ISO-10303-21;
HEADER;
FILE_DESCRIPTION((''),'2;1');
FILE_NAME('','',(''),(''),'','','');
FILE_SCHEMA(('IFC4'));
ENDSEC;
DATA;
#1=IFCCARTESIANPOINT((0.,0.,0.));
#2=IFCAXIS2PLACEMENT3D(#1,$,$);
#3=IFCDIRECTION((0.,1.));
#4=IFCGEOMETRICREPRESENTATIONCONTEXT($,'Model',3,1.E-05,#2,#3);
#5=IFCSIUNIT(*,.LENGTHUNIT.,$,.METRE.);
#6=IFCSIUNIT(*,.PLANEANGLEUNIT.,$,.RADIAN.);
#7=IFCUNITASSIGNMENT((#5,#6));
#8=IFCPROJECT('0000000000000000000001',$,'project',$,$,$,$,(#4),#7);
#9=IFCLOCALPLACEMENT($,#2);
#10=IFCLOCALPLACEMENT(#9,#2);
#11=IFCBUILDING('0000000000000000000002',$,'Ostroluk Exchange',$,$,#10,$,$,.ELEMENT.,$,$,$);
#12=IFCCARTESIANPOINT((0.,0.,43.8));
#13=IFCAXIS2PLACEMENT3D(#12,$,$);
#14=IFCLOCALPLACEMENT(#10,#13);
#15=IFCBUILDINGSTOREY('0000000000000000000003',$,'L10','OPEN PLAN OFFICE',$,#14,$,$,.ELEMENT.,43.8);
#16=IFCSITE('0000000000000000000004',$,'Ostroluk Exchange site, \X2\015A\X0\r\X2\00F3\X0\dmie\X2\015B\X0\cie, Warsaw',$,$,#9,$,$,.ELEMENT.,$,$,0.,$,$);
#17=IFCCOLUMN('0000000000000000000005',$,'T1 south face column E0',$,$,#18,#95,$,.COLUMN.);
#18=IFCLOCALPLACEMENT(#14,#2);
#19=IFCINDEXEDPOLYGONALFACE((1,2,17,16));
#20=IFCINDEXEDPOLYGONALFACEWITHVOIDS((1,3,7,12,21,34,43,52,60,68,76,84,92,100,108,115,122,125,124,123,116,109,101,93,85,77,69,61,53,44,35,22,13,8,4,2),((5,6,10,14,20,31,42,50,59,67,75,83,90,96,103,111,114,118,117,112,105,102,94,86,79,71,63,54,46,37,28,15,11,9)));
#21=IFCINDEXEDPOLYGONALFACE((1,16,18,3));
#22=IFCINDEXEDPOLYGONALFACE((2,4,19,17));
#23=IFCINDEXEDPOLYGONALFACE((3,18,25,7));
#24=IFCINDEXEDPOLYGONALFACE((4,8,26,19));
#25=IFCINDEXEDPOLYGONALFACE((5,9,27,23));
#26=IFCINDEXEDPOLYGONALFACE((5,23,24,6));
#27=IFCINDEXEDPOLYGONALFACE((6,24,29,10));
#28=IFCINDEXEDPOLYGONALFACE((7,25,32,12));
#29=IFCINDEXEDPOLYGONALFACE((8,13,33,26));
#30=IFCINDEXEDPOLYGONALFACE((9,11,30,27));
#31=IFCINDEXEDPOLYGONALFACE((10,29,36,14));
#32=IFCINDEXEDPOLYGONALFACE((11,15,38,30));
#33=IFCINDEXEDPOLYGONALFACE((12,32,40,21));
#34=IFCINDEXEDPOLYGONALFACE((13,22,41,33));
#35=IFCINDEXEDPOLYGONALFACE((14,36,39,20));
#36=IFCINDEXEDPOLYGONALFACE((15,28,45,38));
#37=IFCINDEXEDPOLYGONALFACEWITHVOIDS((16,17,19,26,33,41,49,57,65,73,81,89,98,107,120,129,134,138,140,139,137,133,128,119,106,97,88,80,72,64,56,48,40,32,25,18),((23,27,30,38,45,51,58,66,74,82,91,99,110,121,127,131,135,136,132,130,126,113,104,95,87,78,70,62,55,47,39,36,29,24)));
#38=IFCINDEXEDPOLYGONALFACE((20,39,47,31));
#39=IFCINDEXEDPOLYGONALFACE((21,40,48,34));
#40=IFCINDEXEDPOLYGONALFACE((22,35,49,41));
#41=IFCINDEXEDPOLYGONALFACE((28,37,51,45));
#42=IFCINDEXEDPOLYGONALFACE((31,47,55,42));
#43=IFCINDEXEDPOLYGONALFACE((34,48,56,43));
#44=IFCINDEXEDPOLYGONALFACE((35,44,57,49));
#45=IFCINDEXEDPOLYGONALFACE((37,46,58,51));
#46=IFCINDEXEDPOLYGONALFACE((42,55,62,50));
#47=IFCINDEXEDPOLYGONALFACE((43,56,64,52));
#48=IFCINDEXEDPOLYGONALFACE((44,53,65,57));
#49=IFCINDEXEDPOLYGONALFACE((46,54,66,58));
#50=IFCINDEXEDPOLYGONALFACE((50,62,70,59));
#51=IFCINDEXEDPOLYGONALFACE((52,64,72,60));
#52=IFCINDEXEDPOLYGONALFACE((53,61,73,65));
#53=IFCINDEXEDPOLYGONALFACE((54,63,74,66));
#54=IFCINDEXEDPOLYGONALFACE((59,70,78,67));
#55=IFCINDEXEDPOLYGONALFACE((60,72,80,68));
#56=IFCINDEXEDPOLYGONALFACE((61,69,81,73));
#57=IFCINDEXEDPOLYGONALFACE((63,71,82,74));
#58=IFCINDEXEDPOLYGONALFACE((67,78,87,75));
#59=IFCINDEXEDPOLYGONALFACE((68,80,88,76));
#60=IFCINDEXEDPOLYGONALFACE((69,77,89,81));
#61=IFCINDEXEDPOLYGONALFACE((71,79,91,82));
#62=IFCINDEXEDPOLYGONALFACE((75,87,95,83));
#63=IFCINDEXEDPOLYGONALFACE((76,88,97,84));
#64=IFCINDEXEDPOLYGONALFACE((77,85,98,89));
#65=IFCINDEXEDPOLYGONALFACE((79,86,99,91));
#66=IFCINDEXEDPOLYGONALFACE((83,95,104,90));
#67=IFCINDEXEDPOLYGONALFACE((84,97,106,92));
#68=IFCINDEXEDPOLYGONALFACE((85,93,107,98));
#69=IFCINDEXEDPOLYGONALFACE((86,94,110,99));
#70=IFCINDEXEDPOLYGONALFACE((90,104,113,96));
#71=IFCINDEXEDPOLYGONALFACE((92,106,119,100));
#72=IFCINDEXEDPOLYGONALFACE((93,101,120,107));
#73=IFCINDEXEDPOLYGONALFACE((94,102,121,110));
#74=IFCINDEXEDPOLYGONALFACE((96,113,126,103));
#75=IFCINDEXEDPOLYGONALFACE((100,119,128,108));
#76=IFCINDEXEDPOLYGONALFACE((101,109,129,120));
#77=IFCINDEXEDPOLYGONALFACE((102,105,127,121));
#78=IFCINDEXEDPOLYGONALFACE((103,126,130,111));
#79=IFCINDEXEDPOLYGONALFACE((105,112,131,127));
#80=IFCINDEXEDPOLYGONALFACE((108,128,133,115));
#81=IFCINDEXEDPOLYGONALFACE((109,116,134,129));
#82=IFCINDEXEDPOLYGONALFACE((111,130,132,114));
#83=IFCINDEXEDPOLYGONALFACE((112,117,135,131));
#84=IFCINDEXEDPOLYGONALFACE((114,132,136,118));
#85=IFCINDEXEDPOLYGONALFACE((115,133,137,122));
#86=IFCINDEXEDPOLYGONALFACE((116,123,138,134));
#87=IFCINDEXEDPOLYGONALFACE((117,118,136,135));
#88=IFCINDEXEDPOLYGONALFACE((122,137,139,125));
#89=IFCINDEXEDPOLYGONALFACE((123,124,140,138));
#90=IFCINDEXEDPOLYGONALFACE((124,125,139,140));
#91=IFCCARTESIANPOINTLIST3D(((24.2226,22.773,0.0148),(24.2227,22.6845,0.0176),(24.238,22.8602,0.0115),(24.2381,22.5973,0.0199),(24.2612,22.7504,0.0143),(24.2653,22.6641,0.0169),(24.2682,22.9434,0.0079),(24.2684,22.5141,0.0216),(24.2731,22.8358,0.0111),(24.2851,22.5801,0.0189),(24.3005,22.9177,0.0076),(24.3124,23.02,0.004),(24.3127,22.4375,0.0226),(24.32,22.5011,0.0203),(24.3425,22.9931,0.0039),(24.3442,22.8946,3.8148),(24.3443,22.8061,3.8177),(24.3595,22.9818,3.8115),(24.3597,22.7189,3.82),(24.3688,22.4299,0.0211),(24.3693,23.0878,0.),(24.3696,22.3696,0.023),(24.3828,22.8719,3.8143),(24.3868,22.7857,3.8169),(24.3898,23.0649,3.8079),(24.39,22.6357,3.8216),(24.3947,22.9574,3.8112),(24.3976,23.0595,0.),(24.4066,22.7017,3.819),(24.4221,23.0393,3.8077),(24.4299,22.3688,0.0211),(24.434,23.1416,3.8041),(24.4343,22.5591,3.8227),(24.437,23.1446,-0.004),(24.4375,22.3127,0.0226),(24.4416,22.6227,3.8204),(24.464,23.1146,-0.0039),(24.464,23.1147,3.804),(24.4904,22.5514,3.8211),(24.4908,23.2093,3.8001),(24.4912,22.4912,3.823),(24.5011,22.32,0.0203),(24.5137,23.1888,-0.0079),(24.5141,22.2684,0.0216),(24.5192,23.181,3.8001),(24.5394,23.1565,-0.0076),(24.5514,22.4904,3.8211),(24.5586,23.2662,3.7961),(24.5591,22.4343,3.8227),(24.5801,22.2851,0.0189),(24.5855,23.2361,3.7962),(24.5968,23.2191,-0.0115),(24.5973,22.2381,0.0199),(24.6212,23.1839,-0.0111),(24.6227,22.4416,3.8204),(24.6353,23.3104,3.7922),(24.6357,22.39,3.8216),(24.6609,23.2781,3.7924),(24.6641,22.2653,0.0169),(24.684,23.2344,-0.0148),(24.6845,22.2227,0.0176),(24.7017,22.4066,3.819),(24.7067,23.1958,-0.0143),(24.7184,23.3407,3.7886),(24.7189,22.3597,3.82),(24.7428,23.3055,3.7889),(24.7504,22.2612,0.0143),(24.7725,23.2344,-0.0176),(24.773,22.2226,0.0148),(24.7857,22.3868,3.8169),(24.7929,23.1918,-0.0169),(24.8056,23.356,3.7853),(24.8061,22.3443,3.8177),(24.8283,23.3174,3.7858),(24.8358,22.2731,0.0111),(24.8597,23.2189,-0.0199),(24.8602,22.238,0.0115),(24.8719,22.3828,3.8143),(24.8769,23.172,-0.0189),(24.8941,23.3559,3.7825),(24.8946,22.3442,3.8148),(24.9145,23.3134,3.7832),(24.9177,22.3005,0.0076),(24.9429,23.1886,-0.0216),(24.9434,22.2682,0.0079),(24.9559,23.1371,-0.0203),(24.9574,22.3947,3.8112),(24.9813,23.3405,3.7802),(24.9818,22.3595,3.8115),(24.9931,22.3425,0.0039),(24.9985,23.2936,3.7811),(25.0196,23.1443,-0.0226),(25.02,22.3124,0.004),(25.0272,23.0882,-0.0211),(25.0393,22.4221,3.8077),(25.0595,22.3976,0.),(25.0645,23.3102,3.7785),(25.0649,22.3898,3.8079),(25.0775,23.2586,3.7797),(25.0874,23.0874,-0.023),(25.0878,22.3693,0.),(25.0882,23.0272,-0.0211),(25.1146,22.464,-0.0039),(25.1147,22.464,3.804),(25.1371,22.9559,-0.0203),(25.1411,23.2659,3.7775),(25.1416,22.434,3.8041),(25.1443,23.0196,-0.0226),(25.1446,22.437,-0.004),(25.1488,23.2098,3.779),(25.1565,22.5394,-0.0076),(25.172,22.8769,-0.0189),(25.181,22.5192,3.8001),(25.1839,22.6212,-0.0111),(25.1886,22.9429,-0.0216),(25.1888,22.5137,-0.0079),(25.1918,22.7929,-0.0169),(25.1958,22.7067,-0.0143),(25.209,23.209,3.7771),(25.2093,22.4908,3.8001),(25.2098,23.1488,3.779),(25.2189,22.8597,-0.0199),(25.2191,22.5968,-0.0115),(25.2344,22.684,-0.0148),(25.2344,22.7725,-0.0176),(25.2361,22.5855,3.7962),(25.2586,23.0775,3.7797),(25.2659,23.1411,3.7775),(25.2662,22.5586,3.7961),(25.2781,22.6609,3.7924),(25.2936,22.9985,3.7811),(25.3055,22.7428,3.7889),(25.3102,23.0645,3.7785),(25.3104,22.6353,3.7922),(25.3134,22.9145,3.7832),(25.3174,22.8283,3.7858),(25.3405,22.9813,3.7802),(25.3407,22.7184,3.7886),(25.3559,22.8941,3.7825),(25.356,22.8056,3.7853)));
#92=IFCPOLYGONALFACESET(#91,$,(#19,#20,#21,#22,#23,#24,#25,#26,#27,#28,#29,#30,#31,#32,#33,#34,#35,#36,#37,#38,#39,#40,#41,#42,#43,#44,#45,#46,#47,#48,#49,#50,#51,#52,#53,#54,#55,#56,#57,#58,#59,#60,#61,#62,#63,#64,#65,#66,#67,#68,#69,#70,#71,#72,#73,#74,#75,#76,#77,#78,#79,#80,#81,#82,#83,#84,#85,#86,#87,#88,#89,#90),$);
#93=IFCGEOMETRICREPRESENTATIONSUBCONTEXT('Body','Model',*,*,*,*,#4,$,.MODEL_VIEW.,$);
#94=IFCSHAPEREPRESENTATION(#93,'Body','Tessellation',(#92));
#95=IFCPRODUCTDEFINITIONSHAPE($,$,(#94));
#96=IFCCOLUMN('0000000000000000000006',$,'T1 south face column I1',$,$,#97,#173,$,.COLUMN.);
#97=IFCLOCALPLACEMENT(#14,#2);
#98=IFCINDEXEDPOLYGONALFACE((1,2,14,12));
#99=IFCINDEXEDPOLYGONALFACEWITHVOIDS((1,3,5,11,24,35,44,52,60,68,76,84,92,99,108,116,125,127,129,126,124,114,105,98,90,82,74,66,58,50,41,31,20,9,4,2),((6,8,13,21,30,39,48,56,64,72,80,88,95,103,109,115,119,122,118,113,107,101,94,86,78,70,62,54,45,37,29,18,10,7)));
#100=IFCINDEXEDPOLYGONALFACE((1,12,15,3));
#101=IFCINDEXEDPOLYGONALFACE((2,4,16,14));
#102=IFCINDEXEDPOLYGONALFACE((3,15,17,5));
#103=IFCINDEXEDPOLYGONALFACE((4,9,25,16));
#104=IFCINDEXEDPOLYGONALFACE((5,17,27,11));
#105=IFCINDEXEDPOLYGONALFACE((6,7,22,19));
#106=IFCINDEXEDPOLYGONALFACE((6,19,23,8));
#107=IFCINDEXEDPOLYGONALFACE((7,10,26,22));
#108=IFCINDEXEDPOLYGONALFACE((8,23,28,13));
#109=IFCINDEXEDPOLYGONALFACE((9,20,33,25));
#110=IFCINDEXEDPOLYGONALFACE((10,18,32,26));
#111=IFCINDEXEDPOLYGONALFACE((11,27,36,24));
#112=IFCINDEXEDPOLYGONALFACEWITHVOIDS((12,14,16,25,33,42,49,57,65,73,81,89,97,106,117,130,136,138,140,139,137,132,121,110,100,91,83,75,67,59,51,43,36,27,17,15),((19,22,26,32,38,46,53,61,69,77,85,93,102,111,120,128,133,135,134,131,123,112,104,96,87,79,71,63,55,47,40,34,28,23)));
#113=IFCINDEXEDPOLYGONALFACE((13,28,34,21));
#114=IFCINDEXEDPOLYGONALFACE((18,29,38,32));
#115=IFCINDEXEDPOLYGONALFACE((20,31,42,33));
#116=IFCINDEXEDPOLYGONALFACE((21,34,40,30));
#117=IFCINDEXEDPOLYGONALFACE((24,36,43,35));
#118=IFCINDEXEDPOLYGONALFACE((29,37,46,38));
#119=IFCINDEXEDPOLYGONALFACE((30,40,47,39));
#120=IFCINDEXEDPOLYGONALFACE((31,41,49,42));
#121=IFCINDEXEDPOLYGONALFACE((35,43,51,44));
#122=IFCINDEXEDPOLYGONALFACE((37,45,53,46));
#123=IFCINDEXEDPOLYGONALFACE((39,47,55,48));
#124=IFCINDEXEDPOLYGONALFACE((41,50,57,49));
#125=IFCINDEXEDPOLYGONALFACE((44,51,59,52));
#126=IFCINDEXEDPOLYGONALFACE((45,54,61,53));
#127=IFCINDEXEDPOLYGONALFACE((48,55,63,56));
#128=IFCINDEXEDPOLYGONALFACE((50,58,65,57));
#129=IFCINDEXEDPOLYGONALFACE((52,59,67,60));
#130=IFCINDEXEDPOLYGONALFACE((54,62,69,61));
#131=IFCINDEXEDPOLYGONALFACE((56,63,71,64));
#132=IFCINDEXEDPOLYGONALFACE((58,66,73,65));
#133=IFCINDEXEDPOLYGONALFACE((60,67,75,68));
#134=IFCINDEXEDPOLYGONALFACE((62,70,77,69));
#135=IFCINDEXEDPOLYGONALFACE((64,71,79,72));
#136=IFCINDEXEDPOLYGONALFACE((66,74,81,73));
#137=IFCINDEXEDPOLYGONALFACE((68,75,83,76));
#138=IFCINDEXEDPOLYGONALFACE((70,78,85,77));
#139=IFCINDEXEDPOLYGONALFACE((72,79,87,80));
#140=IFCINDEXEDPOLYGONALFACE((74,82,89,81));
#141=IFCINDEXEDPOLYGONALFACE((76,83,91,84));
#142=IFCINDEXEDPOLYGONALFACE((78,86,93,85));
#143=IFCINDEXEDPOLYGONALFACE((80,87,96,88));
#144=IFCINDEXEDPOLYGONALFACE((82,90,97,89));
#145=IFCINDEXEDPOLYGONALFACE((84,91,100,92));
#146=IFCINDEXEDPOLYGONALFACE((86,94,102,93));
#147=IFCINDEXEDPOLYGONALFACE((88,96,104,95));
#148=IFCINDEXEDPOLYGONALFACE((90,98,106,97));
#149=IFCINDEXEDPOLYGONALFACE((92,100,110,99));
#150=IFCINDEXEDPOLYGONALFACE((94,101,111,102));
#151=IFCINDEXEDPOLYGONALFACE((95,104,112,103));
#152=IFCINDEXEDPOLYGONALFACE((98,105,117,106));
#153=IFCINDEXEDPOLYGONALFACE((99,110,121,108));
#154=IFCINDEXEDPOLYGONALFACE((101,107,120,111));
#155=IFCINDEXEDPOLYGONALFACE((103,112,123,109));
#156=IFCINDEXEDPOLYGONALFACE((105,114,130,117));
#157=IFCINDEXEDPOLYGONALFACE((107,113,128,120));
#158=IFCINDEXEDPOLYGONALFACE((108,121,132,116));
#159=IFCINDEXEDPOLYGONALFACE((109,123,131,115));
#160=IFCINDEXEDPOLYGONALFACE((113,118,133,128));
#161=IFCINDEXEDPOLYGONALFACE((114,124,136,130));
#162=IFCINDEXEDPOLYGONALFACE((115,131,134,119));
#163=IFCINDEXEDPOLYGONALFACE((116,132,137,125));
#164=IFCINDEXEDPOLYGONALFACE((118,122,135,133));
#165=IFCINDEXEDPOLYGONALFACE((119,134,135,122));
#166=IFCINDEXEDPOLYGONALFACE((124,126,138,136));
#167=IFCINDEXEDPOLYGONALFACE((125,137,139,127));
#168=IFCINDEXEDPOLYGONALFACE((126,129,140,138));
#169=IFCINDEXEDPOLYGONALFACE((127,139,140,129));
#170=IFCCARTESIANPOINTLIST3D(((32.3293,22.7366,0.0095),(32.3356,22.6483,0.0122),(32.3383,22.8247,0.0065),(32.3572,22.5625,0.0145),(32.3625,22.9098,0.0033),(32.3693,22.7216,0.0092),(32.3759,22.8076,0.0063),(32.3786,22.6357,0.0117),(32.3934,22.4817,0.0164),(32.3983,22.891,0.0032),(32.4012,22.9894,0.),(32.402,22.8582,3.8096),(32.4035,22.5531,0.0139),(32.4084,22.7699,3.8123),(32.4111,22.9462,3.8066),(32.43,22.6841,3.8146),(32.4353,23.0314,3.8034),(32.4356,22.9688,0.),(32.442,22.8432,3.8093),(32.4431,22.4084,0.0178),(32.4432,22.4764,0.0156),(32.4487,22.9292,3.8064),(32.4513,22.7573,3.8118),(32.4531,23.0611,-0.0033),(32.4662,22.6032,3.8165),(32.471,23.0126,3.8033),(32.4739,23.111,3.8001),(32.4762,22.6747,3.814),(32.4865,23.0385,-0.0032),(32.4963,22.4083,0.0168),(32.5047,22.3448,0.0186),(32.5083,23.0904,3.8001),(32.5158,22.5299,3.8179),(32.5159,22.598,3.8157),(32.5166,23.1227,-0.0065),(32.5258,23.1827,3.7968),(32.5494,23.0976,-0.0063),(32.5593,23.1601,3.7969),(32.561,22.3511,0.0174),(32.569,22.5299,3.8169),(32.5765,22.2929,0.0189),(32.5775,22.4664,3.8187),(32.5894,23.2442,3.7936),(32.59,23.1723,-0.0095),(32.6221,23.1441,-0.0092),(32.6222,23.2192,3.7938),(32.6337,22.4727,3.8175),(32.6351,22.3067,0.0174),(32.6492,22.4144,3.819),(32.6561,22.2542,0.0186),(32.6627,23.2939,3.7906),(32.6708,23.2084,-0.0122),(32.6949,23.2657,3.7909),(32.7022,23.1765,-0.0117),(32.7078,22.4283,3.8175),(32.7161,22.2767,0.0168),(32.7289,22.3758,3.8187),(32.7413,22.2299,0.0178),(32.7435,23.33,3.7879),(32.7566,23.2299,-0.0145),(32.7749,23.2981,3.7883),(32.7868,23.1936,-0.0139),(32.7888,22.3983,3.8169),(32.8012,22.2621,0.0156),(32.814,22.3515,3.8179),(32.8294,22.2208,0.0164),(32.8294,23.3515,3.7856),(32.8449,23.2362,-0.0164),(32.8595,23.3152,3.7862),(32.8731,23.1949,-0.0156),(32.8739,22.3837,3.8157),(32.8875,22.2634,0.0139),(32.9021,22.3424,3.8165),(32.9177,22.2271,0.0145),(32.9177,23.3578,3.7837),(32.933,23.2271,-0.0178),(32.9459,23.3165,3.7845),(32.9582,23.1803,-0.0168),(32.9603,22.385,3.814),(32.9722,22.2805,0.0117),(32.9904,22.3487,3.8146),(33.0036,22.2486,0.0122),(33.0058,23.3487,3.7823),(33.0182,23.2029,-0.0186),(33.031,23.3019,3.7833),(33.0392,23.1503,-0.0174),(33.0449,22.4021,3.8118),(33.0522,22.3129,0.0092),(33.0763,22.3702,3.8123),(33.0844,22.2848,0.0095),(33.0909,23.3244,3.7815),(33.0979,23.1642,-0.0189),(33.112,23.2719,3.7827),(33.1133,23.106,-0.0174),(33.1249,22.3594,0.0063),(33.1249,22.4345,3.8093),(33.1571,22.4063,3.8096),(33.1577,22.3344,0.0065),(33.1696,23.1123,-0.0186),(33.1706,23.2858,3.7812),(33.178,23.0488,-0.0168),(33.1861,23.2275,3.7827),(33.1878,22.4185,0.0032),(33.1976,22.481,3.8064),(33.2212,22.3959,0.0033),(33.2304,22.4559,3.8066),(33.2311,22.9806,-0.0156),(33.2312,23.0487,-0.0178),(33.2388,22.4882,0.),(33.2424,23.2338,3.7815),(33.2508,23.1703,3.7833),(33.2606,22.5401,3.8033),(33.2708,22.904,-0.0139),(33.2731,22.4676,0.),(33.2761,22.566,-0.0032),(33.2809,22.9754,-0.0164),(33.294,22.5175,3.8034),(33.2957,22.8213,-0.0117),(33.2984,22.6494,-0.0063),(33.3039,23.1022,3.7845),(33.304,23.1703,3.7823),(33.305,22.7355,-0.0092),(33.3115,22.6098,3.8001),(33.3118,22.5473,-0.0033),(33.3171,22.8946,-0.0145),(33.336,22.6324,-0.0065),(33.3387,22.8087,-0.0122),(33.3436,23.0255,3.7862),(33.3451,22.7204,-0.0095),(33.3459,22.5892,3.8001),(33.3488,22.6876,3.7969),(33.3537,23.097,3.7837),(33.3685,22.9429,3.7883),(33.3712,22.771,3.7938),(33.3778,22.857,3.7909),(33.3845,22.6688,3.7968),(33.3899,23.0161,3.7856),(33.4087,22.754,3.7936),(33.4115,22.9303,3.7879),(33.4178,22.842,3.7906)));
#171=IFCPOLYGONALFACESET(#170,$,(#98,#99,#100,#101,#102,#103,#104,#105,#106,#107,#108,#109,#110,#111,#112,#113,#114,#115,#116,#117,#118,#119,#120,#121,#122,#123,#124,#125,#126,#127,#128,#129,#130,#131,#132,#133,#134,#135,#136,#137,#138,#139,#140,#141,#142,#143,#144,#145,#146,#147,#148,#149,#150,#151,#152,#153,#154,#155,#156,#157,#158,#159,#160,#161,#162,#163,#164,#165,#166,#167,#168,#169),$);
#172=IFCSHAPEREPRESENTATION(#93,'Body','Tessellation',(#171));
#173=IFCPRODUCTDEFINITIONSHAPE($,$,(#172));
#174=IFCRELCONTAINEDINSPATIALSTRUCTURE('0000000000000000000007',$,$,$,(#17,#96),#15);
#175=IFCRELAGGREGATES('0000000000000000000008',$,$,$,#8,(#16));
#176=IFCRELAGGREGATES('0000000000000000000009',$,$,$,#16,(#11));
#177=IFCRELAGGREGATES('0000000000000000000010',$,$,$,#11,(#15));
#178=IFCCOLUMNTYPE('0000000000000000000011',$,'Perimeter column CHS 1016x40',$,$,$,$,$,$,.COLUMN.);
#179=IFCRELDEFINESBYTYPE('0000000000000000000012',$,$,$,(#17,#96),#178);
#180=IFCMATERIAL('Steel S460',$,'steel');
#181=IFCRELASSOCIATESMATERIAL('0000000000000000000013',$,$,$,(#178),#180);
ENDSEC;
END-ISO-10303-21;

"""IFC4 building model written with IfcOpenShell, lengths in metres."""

from ifc_helpers import new_model, si_unit, direction, frame, origin, origin_2d, place, context, subcontext, project, spatial, hollow_circle, extrude, material, material_profile, profile_set, type_object, element, save


model = new_model("IFC4")

# Units and contexts
model_context = context("Model", 3, precision=1e-05, world=origin(), true_north=direction((0.0, 1.0)))
body_context = subcontext(model_context, "Body", "Model", "MODEL_VIEW")
ifc_project = project(units=[si_unit("LENGTHUNIT", "METRE"), si_unit("PLANEANGLEUNIT", "RADIAN")], contexts=[model_context])

# Site, building, storey
site_placement = place(None, origin())
site = spatial("IfcSite", under=ifc_project, at=site_placement, Name="Ostroluk Exchange site, Śródmieście, Warsaw", CompositionType="ELEMENT", RefElevation=0.0)
building_placement = place(site_placement, origin())
building = spatial("IfcBuilding", under=site, at=building_placement, Name="Ostroluk Exchange", CompositionType="ELEMENT")
storey_placement = place(building_placement, frame((0.0, 0.0, 43.8)))
storey = spatial("IfcBuildingStorey", under=building, at=storey_placement, Name="L10", Description="OPEN PLAN OFFICE", CompositionType="ELEMENT", Elevation=43.8)

# Columns
ifc_material_1 = material(Name="Steel S460", Category="steel")
ifc_material_profile_1 = material_profile(ifc_material_1, hollow_circle(Radius=0.5081, WallThickness=0.04, at=origin_2d()), Name="CHS 1016x40")
ifc_profile_set_1 = profile_set([ifc_material_profile_1], Name="Steel S460")
column_type = type_object("IfcColumnType", Name="Perimeter column CHS 1016x40", PredefinedType="COLUMN", material=ifc_profile_set_1)
column_1_placement = place(storey_placement, frame((24.7285, 22.7285, 0.0), z_axis=(0.031962, 0.031962, 0.998978), x_axis=(-0.707107, 0.707107, 0.0)))
element("IfcColumn", 1, at=column_1_placement, inside=storey, type_object=column_type, Name="T1 south face column E0", PredefinedType="COLUMN", context=body_context, shape_type="SweptSolid", body=[
    extrude(hollow_circle(Radius=0.5081, WallThickness=0.04, at=origin_2d()), origin(), (0.0, 0.0, 1.0), 3.804),
])
column_2_placement = place(storey_placement, frame((32.8372, 22.7285, 0.0), z_axis=(0.019132, 0.031973, 0.999306), x_axis=(-0.8581, 0.513482, 0.0)))
element("IfcColumn", 2, at=column_2_placement, inside=storey, type_object=column_type, Name="T1 south face column I1", PredefinedType="COLUMN", context=body_context, shape_type="SweptSolid", body=[
    extrude(hollow_circle(Radius=0.5081, WallThickness=0.04, at=origin_2d()), origin(), (0.0, 0.0, 1.0), 3.8027),
])

save(model, "model.ifc")
